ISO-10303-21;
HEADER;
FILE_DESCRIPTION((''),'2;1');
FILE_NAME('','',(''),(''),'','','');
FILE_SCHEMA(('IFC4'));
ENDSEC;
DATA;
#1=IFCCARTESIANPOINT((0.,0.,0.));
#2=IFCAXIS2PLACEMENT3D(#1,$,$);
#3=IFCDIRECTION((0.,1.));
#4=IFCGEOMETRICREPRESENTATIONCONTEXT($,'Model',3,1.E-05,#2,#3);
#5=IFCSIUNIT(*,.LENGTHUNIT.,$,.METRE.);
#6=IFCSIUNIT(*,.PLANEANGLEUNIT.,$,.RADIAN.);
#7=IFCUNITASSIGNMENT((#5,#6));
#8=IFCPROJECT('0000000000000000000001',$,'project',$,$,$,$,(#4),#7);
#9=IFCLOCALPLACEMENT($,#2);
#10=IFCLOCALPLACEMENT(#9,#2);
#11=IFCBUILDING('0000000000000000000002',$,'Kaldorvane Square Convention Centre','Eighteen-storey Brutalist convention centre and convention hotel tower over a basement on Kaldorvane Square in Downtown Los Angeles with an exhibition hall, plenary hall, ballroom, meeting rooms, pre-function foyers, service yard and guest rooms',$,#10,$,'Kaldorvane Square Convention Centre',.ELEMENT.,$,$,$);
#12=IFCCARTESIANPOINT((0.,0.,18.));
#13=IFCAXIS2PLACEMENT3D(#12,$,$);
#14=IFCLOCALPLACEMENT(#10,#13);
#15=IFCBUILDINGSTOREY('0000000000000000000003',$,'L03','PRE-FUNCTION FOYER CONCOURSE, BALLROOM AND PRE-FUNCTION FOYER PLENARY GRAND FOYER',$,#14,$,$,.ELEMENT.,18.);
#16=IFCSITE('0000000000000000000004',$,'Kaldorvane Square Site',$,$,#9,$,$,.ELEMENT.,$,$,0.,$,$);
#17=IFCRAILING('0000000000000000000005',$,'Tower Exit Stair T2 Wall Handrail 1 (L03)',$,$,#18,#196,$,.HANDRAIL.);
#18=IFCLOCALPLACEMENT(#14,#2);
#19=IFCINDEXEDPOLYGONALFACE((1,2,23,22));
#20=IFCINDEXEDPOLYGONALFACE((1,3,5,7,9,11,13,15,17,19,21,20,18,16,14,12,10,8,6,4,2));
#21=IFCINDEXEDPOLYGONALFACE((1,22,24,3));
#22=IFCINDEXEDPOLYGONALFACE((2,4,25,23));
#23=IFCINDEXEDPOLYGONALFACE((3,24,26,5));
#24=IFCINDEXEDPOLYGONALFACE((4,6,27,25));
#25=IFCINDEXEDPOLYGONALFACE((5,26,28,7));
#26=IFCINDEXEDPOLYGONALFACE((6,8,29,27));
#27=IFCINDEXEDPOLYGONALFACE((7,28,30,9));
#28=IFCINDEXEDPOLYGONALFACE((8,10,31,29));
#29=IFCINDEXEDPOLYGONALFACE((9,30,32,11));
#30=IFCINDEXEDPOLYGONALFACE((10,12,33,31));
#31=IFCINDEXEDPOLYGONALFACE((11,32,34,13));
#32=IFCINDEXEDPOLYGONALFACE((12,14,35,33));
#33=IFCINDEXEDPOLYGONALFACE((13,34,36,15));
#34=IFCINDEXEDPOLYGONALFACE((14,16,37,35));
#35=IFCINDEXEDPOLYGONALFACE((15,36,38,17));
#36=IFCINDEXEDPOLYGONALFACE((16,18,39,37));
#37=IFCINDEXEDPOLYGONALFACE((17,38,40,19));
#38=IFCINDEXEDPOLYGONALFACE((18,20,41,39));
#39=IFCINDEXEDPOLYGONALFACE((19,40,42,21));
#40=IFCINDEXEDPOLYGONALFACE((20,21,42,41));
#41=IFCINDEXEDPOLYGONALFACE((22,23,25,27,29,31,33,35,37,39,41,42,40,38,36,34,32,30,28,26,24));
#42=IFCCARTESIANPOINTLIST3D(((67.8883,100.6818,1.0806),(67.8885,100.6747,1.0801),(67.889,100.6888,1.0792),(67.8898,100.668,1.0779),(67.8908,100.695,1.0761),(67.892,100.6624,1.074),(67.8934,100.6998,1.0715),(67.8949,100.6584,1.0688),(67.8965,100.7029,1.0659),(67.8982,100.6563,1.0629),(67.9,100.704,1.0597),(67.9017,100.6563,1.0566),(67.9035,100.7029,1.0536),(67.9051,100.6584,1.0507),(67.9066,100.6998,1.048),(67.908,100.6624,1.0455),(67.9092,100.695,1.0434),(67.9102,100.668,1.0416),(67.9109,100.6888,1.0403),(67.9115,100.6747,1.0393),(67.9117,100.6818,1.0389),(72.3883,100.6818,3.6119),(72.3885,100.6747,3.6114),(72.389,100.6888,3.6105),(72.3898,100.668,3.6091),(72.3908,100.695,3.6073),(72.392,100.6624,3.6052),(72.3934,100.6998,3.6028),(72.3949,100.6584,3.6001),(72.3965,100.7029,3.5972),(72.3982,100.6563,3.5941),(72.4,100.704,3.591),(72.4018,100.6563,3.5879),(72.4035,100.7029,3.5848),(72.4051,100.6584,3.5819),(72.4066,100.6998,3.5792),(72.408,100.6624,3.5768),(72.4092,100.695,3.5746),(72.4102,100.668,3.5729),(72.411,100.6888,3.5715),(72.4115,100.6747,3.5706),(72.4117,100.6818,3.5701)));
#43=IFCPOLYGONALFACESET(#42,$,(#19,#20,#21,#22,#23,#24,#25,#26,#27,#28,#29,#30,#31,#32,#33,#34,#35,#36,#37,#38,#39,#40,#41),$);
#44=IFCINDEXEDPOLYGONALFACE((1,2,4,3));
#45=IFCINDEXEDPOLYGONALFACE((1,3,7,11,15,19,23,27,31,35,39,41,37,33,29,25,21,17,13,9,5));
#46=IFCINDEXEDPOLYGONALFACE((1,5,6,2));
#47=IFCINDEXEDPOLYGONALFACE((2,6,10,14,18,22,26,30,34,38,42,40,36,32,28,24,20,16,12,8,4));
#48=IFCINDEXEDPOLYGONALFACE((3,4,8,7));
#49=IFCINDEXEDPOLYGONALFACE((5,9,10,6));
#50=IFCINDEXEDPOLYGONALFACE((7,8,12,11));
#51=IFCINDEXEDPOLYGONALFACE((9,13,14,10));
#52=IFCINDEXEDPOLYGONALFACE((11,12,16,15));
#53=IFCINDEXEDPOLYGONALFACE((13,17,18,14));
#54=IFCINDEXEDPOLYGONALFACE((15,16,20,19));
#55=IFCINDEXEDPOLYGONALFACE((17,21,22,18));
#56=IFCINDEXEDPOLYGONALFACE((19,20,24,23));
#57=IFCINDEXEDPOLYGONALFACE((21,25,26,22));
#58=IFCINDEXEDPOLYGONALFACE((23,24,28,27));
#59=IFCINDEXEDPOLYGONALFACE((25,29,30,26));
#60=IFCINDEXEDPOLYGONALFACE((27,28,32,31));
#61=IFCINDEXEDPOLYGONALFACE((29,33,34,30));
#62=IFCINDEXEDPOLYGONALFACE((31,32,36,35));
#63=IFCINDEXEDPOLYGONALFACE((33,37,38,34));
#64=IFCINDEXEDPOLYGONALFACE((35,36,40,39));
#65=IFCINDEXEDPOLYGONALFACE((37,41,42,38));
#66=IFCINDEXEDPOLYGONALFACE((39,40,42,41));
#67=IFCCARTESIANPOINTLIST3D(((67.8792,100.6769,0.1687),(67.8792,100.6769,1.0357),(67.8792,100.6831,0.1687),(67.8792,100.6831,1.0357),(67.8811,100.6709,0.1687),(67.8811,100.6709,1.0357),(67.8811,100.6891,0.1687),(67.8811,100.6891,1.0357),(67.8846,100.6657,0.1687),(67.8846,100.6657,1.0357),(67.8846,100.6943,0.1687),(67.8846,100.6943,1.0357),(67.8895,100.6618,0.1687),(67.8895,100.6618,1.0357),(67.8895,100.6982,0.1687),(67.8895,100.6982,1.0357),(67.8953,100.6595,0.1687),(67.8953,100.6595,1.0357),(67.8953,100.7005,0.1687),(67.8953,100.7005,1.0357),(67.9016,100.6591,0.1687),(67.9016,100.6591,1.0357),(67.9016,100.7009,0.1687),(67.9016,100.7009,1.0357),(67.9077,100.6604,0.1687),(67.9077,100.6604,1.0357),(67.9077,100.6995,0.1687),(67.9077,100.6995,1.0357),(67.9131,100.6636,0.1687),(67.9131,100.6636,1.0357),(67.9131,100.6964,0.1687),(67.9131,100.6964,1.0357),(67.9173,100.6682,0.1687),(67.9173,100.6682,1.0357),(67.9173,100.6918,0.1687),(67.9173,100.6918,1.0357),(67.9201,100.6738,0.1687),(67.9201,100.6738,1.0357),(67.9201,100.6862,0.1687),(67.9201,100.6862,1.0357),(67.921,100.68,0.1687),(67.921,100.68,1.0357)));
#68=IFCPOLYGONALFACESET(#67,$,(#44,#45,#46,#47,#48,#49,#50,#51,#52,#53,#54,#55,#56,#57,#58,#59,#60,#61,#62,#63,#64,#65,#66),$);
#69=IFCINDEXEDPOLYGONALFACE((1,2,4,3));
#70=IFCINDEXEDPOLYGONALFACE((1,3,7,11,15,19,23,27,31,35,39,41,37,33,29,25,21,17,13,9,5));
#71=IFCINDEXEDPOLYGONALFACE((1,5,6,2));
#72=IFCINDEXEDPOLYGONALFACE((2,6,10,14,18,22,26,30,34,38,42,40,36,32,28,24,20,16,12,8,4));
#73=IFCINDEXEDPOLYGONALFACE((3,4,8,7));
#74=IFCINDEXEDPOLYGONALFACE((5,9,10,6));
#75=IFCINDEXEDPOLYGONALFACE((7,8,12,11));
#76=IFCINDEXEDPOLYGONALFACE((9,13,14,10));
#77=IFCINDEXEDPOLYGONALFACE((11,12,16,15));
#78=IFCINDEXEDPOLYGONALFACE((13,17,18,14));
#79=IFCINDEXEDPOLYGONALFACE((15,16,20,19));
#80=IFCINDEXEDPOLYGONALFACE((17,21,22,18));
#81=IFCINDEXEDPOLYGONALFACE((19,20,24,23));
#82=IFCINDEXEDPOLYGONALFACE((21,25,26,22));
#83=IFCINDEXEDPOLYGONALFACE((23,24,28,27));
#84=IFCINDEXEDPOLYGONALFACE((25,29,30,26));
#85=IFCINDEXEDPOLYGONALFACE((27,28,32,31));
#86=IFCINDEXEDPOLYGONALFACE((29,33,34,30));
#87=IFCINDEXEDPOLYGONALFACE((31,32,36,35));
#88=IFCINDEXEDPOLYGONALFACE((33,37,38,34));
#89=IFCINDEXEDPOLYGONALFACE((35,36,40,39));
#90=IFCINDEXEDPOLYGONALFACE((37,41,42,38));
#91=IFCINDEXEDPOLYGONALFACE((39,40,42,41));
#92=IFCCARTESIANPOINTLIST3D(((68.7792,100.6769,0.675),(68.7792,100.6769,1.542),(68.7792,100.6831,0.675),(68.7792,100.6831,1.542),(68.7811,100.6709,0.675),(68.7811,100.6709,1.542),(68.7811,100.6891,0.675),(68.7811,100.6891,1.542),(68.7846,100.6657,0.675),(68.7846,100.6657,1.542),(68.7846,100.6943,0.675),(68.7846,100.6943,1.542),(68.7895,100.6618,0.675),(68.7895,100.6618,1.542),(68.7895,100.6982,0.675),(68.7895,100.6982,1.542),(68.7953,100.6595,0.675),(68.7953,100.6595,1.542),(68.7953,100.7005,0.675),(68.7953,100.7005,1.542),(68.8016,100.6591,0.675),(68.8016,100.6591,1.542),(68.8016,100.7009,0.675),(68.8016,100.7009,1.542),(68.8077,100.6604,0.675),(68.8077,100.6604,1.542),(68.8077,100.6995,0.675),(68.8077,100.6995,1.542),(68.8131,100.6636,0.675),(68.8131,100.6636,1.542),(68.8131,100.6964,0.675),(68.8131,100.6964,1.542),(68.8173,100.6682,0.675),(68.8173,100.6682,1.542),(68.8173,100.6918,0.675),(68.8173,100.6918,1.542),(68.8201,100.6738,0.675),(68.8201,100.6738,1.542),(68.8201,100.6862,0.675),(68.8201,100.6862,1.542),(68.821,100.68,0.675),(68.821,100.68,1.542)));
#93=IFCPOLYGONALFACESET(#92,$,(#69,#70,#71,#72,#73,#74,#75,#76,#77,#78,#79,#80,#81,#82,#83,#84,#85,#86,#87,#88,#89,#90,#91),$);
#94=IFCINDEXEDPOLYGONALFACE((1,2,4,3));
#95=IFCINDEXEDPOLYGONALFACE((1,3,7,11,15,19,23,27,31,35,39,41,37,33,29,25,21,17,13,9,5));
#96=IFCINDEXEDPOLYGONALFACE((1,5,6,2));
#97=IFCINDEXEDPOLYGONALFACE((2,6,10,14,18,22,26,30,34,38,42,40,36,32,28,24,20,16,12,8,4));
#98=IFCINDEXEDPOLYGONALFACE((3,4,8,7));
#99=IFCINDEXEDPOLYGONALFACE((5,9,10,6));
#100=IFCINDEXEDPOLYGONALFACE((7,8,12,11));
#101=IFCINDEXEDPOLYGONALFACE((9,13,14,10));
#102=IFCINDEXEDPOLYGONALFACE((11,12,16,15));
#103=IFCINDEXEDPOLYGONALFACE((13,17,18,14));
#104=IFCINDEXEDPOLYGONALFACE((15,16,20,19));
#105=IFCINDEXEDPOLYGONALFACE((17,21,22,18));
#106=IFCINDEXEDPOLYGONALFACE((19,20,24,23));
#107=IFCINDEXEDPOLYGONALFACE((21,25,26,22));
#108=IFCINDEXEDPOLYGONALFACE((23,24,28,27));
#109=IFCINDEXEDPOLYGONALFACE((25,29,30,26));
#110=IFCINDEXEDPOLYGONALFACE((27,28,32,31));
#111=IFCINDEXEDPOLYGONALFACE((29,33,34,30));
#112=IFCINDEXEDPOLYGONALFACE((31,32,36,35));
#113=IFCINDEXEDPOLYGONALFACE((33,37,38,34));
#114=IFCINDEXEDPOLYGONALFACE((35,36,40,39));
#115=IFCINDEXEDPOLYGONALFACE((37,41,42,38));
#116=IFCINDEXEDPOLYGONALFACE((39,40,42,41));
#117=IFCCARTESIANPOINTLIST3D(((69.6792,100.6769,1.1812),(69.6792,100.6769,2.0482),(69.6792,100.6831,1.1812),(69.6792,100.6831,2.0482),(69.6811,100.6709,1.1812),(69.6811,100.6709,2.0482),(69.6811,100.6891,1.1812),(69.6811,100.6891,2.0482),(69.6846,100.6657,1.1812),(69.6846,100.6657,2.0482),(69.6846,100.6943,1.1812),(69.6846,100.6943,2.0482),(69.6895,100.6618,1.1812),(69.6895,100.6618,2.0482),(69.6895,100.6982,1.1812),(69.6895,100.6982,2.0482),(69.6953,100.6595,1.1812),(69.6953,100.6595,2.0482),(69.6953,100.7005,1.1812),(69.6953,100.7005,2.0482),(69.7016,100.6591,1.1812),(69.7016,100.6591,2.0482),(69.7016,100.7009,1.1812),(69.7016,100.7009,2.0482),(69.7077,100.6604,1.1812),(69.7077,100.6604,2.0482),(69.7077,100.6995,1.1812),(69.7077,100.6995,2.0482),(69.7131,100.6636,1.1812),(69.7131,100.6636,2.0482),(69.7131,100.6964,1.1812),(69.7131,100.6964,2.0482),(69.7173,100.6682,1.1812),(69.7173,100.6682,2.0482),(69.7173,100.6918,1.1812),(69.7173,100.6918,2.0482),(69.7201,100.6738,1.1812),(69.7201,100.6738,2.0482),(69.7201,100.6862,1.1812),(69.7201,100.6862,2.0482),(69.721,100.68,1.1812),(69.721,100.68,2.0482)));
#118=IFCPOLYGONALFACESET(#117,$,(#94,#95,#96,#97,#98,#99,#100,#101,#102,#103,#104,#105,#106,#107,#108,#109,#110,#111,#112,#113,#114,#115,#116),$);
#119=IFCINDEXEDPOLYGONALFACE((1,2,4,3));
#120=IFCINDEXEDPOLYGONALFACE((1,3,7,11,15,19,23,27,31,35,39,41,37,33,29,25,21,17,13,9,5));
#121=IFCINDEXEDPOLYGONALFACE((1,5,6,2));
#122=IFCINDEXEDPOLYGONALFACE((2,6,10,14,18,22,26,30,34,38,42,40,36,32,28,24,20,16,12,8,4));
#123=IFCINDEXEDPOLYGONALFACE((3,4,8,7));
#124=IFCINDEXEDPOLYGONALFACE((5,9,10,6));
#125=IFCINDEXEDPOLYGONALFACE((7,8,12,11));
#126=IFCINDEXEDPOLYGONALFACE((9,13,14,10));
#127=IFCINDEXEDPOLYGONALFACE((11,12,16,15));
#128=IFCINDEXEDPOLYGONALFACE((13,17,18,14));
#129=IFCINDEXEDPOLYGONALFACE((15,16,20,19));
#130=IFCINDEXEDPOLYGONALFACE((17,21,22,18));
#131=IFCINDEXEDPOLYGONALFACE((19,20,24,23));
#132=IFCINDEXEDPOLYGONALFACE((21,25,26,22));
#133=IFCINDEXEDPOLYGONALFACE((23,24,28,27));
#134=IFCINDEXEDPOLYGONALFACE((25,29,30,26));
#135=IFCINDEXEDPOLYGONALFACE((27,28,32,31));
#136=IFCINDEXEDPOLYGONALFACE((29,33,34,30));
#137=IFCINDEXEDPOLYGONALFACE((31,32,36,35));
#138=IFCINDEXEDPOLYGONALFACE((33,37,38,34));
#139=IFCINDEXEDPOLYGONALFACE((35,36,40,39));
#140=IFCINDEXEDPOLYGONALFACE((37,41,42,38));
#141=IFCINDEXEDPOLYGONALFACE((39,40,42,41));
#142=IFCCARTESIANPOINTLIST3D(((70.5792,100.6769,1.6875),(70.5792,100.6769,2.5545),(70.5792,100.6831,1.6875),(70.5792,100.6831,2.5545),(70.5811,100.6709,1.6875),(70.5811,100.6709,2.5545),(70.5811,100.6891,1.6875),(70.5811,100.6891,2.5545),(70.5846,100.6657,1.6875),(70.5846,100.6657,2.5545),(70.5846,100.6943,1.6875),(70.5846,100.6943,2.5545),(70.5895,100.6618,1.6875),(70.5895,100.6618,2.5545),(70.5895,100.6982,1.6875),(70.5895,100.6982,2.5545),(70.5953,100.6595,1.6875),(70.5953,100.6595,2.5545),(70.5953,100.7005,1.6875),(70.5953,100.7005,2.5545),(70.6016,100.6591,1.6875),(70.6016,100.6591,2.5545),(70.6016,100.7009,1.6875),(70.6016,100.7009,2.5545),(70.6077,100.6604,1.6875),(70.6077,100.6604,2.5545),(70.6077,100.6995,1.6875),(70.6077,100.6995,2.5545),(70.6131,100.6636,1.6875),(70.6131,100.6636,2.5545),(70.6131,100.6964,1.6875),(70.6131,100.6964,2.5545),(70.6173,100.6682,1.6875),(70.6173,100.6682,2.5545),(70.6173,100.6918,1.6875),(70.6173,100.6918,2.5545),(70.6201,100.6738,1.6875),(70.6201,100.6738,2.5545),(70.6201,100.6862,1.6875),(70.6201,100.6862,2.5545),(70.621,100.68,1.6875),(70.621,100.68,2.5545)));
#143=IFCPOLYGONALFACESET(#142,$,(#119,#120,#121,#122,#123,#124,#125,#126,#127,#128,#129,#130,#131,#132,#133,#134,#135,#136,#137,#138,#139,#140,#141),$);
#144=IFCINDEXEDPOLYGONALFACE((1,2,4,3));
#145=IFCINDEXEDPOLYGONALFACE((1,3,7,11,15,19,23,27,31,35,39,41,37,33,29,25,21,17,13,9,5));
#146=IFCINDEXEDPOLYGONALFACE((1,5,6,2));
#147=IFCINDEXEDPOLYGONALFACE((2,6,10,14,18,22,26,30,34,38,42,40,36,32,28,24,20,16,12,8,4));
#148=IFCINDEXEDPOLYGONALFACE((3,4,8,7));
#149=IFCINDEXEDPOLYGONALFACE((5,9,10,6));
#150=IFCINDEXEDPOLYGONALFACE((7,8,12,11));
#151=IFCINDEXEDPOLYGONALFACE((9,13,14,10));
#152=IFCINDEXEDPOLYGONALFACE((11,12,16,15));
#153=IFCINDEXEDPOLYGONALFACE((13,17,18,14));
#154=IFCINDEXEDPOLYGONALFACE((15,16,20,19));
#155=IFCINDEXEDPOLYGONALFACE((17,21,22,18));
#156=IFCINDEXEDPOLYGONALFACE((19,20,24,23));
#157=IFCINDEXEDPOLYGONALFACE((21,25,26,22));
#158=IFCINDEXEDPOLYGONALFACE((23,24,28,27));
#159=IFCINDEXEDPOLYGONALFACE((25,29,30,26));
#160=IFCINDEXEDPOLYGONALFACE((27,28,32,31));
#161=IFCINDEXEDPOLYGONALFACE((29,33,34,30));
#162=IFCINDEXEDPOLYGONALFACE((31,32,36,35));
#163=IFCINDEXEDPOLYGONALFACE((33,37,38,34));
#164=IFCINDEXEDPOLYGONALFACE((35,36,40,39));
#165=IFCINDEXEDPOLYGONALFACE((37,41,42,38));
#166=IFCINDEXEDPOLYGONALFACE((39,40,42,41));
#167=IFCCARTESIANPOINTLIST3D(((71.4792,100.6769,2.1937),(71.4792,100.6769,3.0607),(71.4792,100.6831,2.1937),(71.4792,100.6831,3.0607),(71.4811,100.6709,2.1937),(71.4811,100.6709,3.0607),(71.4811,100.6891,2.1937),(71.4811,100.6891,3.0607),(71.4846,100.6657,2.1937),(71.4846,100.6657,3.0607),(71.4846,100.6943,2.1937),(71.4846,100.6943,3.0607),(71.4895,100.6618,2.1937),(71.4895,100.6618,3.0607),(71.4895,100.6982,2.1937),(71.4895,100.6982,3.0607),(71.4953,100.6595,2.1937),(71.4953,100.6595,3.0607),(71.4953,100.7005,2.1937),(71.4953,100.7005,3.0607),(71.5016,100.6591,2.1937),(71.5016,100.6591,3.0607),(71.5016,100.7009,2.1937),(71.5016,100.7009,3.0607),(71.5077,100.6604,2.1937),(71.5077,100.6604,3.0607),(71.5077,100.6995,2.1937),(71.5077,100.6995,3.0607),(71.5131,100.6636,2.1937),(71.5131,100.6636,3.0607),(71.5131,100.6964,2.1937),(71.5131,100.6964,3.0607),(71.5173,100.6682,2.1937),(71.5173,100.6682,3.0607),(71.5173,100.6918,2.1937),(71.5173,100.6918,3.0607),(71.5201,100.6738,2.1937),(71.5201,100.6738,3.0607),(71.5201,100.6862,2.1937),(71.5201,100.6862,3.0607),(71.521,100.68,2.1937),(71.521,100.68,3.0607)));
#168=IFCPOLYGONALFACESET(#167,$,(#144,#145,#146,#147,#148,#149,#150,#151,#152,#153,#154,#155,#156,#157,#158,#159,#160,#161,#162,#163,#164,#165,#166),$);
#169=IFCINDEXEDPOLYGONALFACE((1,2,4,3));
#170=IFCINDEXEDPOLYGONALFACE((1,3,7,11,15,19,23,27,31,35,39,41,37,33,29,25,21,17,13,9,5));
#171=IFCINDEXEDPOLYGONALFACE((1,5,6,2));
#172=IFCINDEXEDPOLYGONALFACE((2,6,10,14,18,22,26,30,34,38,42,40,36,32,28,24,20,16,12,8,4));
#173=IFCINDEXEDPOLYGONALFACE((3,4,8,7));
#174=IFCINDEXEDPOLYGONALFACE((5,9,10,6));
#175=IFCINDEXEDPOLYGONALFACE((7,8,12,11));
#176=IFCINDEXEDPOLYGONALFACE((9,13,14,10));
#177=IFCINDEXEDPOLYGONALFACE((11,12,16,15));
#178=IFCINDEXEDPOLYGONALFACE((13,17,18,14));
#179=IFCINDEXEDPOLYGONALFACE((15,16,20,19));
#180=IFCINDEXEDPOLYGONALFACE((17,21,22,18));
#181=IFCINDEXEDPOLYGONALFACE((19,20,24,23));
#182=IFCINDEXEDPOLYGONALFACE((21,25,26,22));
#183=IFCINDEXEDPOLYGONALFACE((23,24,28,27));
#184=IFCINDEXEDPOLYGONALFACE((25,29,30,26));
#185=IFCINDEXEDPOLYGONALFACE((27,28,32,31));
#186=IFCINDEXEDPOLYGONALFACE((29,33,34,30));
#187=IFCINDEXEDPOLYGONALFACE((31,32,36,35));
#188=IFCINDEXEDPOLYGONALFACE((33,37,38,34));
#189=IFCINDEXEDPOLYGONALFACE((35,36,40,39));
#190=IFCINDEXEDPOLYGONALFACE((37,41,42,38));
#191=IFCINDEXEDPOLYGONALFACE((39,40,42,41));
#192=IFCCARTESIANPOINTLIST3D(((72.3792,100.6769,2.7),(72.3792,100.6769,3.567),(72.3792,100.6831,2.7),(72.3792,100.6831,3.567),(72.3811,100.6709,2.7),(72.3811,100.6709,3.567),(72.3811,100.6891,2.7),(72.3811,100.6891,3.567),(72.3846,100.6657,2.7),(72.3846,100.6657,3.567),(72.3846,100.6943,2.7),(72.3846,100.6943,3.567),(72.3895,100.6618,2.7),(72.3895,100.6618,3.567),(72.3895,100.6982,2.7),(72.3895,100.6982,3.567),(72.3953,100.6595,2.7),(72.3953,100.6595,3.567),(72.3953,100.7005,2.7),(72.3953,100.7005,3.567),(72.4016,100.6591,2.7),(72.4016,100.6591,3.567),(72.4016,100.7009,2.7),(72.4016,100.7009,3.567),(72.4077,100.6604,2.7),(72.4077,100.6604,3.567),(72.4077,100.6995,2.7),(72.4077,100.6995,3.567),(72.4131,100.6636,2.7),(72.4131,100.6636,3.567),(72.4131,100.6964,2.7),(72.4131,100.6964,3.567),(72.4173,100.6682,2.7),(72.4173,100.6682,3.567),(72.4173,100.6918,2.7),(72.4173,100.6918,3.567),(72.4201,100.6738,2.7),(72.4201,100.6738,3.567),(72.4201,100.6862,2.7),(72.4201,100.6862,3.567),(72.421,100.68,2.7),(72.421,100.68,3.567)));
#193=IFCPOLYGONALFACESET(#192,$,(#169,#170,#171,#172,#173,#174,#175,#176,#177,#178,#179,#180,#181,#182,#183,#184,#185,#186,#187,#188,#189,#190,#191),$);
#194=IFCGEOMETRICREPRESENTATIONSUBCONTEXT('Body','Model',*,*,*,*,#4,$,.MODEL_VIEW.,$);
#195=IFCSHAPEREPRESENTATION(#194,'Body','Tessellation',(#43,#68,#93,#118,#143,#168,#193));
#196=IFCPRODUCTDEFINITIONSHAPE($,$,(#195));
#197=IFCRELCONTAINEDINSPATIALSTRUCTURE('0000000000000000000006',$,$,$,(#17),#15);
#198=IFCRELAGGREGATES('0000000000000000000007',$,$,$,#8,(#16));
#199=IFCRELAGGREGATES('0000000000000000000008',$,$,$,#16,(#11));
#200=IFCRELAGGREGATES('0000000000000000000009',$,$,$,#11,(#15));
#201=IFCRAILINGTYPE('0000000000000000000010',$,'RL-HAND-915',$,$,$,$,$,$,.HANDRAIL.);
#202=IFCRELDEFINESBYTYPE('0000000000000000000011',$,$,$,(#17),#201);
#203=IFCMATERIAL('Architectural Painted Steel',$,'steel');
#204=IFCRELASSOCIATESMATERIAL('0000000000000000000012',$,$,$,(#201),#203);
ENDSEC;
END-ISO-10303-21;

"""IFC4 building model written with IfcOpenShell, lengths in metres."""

from ifc_helpers import new_model, si_unit, direction, frame, origin, origin_2d, place, context, subcontext, project, spatial, circle, extrude, material, type_object, element, save


model = new_model("IFC4")

# Units and contexts
model_context = context("Model", 3, precision=1e-05, world=origin(), true_north=direction((0.0, 1.0)))
body_context = subcontext(model_context, "Body", "Model", "MODEL_VIEW")
ifc_project = project(units=[si_unit("LENGTHUNIT", "METRE"), si_unit("PLANEANGLEUNIT", "RADIAN")], contexts=[model_context])

# Site, building, storey
site_placement = place(None, origin())
site = spatial("IfcSite", under=ifc_project, at=site_placement, Name="Kaldorvane Square Site", CompositionType="ELEMENT", RefElevation=0.0)
building_placement = place(site_placement, origin())
building = spatial("IfcBuilding", under=site, at=building_placement, Name="Kaldorvane Square Convention Centre", Description="Eighteen-storey Brutalist convention centre and convention hotel tower over a basement on Kaldorvane Square in Downtown Los Angeles with an exhibition hall, plenary hall, ballroom, meeting rooms, pre-function foyers, service yard and guest rooms", LongName="Kaldorvane Square Convention Centre", CompositionType="ELEMENT")
storey_placement = place(building_placement, frame((0.0, 0.0, 18.0)))
storey = spatial("IfcBuildingStorey", under=building, at=storey_placement, Name="L03", Description="PRE-FUNCTION FOYER CONCOURSE, BALLROOM AND PRE-FUNCTION FOYER PLENARY GRAND FOYER", CompositionType="ELEMENT", Elevation=18.0)

# Railing
ifc_material_1 = material(Name="Architectural Painted Steel", Category="steel")
railing_type_1 = type_object("IfcRailingType", Name="RL-HAND-915", PredefinedType="HANDRAIL", material=ifc_material_1)
railing_1_placement = place(storey_placement, frame((67.9, 100.68, 0.1687)))
element("IfcRailing", 1, at=railing_1_placement, inside=storey, type_object=railing_type_1, Name="Tower Exit Stair T2 Wall Handrail 1 (L03)", PredefinedType="HANDRAIL", context=body_context, shape_type="SweptSolid", body=[
    extrude(circle(Radius=0.024, at=origin_2d()), frame((0.0, 0.0, 0.891), z_axis=(0.871576, 0.0, 0.490261), x_axis=(0.0, 1.0, 0.0)), (0.0, 0.0, 1.0), 5.1631),
    extrude(circle(Radius=0.021, at=origin_2d()), origin(), (0.0, 0.0, 1.0), 0.867),
    extrude(circle(Radius=0.021, at=origin_2d()), frame((0.9, 0.0, 0.5063)), (0.0, 0.0, 1.0), 0.867),
    extrude(circle(Radius=0.021, at=origin_2d()), frame((1.8, 0.0, 1.0125)), (0.0, 0.0, 1.0), 0.867),
    extrude(circle(Radius=0.021, at=origin_2d()), frame((2.7, 0.0, 1.5188)), (0.0, 0.0, 1.0), 0.867),
    extrude(circle(Radius=0.021, at=origin_2d()), frame((3.6, 0.0, 2.025)), (0.0, 0.0, 1.0), 0.867),
    extrude(circle(Radius=0.021, at=origin_2d()), frame((4.5, 0.0, 2.5312)), (0.0, 0.0, 1.0), 0.867),
])

save(model, "model.ifc")
